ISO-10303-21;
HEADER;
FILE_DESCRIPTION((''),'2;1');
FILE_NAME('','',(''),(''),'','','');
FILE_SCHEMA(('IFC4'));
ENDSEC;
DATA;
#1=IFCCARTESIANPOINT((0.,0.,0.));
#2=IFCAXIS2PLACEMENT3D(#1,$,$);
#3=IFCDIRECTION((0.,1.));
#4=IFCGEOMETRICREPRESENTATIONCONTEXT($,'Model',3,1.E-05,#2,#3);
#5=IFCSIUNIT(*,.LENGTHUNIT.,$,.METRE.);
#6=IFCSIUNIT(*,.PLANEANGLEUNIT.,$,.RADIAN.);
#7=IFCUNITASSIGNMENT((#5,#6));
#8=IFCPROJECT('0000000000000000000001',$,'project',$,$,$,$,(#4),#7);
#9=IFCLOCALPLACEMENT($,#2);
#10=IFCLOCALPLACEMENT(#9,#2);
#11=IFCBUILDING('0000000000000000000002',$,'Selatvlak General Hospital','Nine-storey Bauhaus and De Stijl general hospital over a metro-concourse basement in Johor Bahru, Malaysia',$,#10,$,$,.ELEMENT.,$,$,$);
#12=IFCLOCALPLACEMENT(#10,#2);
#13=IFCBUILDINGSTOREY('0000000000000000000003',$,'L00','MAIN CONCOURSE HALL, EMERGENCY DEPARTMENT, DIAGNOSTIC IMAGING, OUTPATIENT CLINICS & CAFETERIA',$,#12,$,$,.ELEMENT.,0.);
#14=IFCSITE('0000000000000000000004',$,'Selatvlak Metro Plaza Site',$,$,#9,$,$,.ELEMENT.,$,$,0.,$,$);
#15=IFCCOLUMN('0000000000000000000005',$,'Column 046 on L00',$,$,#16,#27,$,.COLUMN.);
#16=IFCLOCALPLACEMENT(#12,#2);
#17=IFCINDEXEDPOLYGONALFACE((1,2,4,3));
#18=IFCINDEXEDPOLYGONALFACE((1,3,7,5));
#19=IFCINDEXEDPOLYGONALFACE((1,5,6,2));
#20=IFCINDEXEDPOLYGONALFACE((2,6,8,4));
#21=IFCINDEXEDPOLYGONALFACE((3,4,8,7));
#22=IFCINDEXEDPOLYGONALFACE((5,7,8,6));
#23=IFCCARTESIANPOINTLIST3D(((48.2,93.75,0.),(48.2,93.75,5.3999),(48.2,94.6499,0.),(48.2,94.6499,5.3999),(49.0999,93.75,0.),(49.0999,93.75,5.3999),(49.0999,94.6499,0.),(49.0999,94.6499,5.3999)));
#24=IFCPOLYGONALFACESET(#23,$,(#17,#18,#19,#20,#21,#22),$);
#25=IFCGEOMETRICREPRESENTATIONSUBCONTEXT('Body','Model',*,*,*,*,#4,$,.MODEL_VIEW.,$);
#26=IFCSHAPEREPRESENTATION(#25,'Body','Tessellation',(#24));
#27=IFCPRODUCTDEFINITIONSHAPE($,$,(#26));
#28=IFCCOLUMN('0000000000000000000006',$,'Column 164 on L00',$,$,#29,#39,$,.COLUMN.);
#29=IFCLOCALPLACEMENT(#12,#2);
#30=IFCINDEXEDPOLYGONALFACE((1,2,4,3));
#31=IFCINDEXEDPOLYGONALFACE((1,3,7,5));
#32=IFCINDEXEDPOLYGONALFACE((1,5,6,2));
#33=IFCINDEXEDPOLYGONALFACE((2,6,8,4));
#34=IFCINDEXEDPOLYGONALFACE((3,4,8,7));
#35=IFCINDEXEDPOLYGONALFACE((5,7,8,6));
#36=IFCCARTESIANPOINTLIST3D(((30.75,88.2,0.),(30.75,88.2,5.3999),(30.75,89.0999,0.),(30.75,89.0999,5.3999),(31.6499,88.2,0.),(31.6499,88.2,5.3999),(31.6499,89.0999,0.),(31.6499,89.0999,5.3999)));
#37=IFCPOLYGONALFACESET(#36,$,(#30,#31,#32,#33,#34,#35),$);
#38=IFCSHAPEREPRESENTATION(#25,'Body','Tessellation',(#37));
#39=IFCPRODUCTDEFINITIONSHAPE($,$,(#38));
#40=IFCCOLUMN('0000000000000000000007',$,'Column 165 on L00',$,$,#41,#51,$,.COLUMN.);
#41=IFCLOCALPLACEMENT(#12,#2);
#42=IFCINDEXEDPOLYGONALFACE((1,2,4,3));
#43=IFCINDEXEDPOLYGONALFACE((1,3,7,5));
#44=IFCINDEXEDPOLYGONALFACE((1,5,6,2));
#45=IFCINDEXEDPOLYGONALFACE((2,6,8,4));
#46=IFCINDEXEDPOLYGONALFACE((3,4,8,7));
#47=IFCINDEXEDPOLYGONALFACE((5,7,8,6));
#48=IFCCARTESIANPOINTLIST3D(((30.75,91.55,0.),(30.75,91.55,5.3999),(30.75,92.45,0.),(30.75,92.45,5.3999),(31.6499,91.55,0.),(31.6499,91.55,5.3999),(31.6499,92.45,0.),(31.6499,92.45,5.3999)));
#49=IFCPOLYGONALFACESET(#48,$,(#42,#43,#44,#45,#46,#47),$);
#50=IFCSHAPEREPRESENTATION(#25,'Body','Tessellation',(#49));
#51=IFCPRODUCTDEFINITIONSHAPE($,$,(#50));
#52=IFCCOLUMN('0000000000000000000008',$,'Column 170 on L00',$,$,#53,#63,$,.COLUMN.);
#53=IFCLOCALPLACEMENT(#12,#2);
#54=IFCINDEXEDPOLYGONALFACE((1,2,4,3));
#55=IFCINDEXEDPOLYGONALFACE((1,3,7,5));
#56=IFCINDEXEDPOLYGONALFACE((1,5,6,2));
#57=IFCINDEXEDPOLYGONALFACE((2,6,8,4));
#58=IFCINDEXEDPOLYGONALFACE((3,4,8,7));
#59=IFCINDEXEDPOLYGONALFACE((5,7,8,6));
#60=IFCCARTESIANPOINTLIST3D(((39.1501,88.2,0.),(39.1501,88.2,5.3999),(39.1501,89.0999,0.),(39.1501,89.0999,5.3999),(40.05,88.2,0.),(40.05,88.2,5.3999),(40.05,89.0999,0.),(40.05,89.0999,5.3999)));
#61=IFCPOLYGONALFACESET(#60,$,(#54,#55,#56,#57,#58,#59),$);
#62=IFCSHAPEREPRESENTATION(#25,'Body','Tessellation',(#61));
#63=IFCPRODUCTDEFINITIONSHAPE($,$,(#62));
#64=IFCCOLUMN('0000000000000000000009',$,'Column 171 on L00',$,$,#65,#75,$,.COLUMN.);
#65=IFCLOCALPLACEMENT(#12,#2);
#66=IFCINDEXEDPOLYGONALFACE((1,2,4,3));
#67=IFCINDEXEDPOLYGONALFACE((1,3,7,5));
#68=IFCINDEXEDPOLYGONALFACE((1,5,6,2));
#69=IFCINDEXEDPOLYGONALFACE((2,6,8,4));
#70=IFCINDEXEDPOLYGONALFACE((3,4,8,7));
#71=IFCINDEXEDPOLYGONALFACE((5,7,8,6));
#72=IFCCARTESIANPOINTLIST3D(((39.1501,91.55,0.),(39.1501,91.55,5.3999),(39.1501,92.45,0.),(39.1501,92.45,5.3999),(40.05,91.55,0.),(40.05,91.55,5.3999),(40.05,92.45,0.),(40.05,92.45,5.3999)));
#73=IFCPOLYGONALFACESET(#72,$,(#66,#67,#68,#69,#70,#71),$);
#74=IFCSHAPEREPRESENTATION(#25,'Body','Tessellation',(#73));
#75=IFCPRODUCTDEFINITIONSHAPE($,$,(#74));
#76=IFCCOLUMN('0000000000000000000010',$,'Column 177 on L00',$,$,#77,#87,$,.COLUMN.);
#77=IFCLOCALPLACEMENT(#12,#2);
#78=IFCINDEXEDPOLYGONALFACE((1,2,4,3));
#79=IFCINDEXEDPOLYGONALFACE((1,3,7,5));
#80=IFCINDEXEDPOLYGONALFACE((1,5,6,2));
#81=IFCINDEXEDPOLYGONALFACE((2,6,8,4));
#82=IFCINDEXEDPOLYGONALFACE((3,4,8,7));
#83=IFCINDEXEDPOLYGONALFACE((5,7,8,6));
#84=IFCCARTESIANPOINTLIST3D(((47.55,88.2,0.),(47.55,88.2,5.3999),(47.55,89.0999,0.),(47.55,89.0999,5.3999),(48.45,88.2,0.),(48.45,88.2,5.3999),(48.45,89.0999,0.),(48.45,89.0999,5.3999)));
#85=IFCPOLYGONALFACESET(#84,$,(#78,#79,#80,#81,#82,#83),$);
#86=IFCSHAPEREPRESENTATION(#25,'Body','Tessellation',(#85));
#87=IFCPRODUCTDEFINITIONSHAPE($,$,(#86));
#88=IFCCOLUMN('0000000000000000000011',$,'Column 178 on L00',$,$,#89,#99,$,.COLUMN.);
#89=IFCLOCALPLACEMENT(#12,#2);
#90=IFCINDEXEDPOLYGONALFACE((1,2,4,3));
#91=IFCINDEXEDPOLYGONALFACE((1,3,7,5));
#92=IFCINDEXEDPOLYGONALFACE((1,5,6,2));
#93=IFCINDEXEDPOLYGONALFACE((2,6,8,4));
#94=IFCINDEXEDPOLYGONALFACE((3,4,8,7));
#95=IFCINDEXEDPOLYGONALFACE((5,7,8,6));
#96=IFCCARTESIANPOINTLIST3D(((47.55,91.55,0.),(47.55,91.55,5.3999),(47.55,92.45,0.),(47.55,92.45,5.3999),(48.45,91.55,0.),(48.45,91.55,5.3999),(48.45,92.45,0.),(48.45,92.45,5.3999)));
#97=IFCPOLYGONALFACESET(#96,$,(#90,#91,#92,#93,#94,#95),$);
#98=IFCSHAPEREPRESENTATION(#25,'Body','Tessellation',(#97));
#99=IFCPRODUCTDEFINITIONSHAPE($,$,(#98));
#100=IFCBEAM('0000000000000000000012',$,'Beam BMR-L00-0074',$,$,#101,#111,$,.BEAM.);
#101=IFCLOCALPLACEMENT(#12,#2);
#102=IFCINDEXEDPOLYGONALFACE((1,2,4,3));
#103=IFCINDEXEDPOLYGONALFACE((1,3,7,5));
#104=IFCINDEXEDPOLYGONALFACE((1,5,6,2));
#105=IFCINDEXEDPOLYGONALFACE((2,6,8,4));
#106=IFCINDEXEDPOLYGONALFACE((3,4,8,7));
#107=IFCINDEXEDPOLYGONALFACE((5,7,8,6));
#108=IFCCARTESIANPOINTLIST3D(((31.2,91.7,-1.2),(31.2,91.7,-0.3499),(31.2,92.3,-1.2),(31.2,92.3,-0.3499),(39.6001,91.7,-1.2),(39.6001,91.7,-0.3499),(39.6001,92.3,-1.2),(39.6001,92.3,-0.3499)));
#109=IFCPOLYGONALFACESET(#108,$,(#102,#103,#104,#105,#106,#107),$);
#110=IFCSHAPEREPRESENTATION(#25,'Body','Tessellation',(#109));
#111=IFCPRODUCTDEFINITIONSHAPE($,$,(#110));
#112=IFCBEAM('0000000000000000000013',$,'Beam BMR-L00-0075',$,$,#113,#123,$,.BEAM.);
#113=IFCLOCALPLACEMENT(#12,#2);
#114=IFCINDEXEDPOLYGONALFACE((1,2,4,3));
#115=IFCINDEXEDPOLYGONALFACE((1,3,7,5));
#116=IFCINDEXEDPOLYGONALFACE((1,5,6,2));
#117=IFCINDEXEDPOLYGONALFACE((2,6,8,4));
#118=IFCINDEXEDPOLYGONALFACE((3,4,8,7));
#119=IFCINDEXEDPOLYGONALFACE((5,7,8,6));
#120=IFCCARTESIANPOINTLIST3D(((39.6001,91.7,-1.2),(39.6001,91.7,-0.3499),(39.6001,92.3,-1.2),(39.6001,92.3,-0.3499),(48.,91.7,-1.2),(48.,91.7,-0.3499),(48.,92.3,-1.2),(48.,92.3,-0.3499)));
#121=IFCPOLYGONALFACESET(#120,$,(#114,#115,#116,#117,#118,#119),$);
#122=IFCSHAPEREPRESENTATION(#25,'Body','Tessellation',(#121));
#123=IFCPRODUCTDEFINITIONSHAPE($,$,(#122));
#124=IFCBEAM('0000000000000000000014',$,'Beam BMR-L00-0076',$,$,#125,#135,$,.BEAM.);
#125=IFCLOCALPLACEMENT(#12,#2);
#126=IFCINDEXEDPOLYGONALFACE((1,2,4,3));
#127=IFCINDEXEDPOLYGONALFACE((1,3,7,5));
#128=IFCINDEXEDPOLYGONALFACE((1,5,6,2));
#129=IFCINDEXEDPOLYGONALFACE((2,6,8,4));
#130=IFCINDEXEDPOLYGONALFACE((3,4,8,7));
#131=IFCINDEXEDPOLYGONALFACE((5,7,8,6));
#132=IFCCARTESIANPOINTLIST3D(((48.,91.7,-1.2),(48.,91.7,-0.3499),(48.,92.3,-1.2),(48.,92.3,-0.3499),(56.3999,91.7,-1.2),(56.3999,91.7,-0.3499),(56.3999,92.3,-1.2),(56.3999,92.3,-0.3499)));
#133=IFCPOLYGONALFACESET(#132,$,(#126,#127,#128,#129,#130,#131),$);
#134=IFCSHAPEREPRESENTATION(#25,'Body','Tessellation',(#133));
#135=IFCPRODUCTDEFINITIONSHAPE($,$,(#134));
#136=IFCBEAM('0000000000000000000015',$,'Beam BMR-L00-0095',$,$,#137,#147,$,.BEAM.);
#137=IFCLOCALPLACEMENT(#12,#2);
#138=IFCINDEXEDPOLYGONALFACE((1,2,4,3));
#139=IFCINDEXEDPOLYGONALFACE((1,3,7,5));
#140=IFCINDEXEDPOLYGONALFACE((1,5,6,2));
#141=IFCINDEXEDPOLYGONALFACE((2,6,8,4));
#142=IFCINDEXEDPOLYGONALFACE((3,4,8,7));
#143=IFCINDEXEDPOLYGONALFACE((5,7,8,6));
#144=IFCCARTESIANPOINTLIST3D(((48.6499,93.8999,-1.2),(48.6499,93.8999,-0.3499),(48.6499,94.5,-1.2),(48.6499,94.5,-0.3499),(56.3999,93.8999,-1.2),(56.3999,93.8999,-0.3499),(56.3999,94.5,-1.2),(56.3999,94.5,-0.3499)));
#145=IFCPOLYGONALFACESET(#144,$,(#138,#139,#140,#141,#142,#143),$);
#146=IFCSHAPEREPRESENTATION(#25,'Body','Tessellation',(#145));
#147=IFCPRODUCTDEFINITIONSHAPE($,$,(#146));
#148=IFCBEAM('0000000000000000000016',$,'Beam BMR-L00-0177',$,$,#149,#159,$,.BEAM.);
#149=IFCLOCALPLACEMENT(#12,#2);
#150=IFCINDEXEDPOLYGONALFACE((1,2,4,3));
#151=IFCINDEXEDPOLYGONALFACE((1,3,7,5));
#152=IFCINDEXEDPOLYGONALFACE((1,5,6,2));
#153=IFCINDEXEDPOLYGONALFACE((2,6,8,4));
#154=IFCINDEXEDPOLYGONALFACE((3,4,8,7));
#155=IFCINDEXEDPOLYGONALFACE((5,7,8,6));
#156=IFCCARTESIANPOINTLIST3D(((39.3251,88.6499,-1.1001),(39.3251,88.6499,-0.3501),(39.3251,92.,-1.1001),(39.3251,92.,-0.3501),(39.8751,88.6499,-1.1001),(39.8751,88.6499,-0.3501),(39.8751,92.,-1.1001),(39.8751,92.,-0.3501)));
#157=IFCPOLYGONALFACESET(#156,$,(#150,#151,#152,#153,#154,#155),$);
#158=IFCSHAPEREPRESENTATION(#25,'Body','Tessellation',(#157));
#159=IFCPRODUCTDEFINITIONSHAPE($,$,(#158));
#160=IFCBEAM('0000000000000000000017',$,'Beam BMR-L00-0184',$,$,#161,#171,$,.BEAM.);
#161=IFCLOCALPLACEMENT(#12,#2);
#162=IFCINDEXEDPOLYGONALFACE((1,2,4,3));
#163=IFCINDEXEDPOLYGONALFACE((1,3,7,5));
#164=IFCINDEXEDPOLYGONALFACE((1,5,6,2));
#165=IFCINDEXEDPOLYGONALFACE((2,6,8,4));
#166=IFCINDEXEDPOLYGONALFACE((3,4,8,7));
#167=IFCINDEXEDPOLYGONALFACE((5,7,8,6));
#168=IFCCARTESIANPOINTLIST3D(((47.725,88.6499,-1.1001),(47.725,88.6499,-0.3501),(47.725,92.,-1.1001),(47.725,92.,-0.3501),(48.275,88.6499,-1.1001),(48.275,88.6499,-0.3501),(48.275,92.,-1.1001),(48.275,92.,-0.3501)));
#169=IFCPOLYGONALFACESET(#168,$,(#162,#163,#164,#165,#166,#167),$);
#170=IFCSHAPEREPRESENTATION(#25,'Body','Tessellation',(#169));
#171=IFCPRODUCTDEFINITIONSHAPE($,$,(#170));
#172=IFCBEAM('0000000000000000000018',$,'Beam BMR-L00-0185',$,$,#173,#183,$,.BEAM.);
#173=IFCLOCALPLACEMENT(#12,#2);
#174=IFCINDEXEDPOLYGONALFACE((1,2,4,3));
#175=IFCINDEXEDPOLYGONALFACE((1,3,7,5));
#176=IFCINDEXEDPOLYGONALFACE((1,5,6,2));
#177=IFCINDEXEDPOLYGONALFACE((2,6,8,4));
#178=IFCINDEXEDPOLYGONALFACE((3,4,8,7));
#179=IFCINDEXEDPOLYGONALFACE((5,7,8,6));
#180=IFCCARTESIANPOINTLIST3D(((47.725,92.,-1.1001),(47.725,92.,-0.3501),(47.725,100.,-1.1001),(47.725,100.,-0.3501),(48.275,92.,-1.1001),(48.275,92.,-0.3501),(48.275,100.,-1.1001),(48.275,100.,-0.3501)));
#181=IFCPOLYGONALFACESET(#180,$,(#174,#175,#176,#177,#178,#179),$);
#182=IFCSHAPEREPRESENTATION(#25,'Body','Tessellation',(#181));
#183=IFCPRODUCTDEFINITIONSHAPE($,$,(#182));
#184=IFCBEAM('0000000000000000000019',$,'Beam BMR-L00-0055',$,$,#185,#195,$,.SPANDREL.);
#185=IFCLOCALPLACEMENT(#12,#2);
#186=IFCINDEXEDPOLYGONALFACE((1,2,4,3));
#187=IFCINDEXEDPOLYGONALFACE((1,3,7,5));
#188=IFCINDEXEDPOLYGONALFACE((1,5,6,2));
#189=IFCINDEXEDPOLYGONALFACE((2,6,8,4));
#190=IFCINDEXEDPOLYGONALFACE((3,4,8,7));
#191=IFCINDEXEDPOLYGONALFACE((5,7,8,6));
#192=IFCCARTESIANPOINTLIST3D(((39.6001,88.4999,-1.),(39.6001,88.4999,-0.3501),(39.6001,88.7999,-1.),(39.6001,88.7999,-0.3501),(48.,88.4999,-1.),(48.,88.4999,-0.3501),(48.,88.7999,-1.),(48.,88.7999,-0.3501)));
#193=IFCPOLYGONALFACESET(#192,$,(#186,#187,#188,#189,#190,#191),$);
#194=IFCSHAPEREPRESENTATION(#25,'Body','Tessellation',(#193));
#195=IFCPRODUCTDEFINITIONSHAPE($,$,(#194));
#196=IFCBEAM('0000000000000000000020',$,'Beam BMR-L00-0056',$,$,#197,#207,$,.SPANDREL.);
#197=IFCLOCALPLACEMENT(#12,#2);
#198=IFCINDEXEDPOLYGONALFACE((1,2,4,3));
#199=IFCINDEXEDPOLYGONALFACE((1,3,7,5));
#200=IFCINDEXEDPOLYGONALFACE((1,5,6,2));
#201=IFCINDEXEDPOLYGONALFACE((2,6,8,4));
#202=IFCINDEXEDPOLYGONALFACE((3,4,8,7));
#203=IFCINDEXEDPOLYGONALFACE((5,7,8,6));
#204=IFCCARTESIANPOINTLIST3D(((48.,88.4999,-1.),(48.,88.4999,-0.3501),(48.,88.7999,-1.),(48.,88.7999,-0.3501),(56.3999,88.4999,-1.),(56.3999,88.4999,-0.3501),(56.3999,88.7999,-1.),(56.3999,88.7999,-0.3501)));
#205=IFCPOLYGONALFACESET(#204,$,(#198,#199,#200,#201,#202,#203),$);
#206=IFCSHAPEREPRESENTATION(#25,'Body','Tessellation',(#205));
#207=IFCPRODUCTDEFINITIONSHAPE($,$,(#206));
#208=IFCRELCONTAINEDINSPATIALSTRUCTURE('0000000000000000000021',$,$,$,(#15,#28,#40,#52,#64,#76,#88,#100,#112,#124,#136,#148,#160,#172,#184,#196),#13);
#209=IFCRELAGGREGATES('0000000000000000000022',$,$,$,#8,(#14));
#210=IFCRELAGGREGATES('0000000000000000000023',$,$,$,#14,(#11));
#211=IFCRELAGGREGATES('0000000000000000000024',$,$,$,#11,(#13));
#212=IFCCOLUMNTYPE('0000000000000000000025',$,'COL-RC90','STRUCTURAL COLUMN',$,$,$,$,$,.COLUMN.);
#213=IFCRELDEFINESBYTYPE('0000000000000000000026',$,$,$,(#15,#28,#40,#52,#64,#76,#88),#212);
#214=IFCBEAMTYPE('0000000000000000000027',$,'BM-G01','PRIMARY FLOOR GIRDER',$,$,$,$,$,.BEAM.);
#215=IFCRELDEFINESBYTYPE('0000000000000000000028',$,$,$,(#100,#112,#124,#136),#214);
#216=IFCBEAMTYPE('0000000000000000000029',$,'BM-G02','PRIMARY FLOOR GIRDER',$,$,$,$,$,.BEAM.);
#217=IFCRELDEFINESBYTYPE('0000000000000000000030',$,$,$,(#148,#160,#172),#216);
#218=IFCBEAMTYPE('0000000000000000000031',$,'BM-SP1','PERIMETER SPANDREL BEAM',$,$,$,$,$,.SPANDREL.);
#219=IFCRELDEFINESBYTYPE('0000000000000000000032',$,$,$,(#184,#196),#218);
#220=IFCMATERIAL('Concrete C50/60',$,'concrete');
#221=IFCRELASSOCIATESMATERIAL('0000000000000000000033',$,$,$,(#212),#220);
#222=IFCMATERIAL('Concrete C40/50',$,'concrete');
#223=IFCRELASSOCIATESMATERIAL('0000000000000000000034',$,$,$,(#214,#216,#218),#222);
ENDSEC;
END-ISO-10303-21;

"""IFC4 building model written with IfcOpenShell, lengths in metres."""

from ifc_helpers import new_model, si_unit, direction, frame, origin, origin_2d, place, context, subcontext, project, spatial, rectangle, extrude, material, material_profile, profile_set, type_object, element, save


model = new_model("IFC4")

# Units and contexts
model_context = context("Model", 3, precision=1e-05, world=origin(), true_north=direction((0.0, 1.0)))
body_context = subcontext(model_context, "Body", "Model", "MODEL_VIEW")
ifc_project = project(units=[si_unit("LENGTHUNIT", "METRE"), si_unit("PLANEANGLEUNIT", "RADIAN")], contexts=[model_context])

# Site, building, storey
site_placement = place(None, origin())
site = spatial("IfcSite", under=ifc_project, at=site_placement, Name="Selatvlak Metro Plaza Site", CompositionType="ELEMENT", RefElevation=0.0)
building_placement = place(site_placement, origin())
building = spatial("IfcBuilding", under=site, at=building_placement, Name="Selatvlak General Hospital", Description="Nine-storey Bauhaus and De Stijl general hospital over a metro-concourse basement in Johor Bahru, Malaysia", CompositionType="ELEMENT")
storey_placement = place(building_placement, origin())
storey = spatial("IfcBuildingStorey", under=building, at=storey_placement, Name="L00", Description="MAIN CONCOURSE HALL, EMERGENCY DEPARTMENT, DIAGNOSTIC IMAGING, OUTPATIENT CLINICS & CAFETERIA", CompositionType="ELEMENT", Elevation=0.0)

# Columns
ifc_material_1 = material(Name="Concrete C50/60", Category="concrete")
ifc_material_profile_1 = material_profile(ifc_material_1, rectangle(XDim=0.8999, YDim=0.8999, at=origin_2d()), Name="RC-COL 900x900")
ifc_profile_set_1 = profile_set([ifc_material_profile_1], Name="Concrete C50/60")
column_type = type_object("IfcColumnType", Name="COL-RC90", Description="STRUCTURAL COLUMN", PredefinedType="COLUMN", material=ifc_profile_set_1)
for number, where, z_axis, x_axis, name in (
    (1, (48.6499, 94.2, 0.0), (0.0, 0.0, 1.0), (1.0, 0.0, 0.0), "Column 046 on L00"),
    (2, (31.2, 88.6499, 0.0), (0.0, 0.0, 1.0), (1.0, 0.0, 0.0), "Column 164 on L00"),
    (3, (31.2, 92.0, 0.0), (0.0, 0.0, 1.0), (1.0, 0.0, 0.0), "Column 165 on L00"),
    (4, (39.6001, 88.6499, 0.0), (0.0, 0.0, 1.0), (1.0, 0.0, 0.0), "Column 170 on L00"),
    (5, (39.6001, 92.0, 0.0), (0.0, 0.0, 1.0), (1.0, 0.0, 0.0), "Column 171 on L00"),
    (6, (48.0, 88.6499, 0.0), (0.0, 0.0, 1.0), (1.0, 0.0, 0.0), "Column 177 on L00"),
    (7, (48.0, 92.0, 0.0), (0.0, 0.0, 1.0), (1.0, 0.0, 0.0), "Column 178 on L00"),
):
    element("IfcColumn", number, at=place(storey_placement, frame(where, z_axis=z_axis, x_axis=x_axis)), inside=storey, type_object=column_type, Name=name, PredefinedType="COLUMN", context=body_context, shape_type="SweptSolid", body=[
        extrude(rectangle(XDim=0.8999, YDim=0.8999, at=origin_2d()), origin(), (0.0, 0.0, 1.0), 5.3999),
    ])

# Beams
ifc_material_2 = material(Name="Concrete C40/50", Category="concrete")
ifc_material_profile_2 = material_profile(ifc_material_2, rectangle(XDim=0.6001, YDim=0.8501, at=origin_2d()), Name="RC-BM 600x850")
ifc_profile_set_2 = profile_set([ifc_material_profile_2], Name="Concrete C40/50")
beam_type_1 = type_object("IfcBeamType", Name="BM-G01", Description="PRIMARY FLOOR GIRDER", PredefinedType="BEAM", material=ifc_profile_set_2)
beam_1_placement = place(storey_placement, frame((31.2, 92.0, -0.7749), z_axis=(1.0, 0.0, 0.0), x_axis=(0.0, 1.0, 0.0)))
element("IfcBeam", 8, at=beam_1_placement, inside=storey, type_object=beam_type_1, Name="Beam BMR-L00-0074", PredefinedType="BEAM", context=body_context, shape_type="SweptSolid", body=[
    extrude(rectangle(XDim=0.6001, YDim=0.8501, at=origin_2d()), origin(), (0.0, 0.0, 1.0), 8.4001),
])
for number, where, z_axis, x_axis, name in (
    (9, (39.6001, 92.0, -0.7749), (1.0, 0.0, 0.0), (0.0, 1.0, 0.0), "Beam BMR-L00-0075"),
    (10, (48.0, 92.0, -0.7749), (1.0, 0.0, 0.0), (0.0, 1.0, 0.0), "Beam BMR-L00-0076"),
):
    element("IfcBeam", number, at=place(storey_placement, frame(where, z_axis=z_axis, x_axis=x_axis)), inside=storey, type_object=beam_type_1, Name=name, PredefinedType="BEAM", context=body_context, shape_type="SweptSolid", body=[
        extrude(rectangle(XDim=0.6001, YDim=0.8501, at=origin_2d()), origin(), (0.0, 0.0, 1.0), 8.3999),
    ])
beam_2_placement = place(storey_placement, frame((48.6499, 94.2, -0.7749), z_axis=(1.0, 0.0, 0.0), x_axis=(0.0, 1.0, 0.0)))
element("IfcBeam", 11, at=beam_2_placement, inside=storey, type_object=beam_type_1, Name="Beam BMR-L00-0095", PredefinedType="BEAM", context=body_context, shape_type="SweptSolid", body=[
    extrude(rectangle(XDim=0.6001, YDim=0.8501, at=origin_2d()), origin(), (0.0, 0.0, 1.0), 7.75),
])
ifc_material_profile_3 = material_profile(ifc_material_2, rectangle(XDim=0.55, YDim=0.75, at=origin_2d()), Name="RC-BM 550x750")
ifc_profile_set_3 = profile_set([ifc_material_profile_3], Name="Concrete C40/50")
beam_type_2 = type_object("IfcBeamType", Name="BM-G02", Description="PRIMARY FLOOR GIRDER", PredefinedType="BEAM", material=ifc_profile_set_3)
for number, where, z_axis, x_axis, name in (
    (12, (39.6001, 88.6499, -0.7251), (0.0, 1.0, 0.0), (-1.0, 0.0, 0.0), "Beam BMR-L00-0177"),
    (13, (48.0, 88.6499, -0.7251), (0.0, 1.0, 0.0), (-1.0, 0.0, 0.0), "Beam BMR-L00-0184"),
):
    element("IfcBeam", number, at=place(storey_placement, frame(where, z_axis=z_axis, x_axis=x_axis)), inside=storey, type_object=beam_type_2, Name=name, PredefinedType="BEAM", context=body_context, shape_type="SweptSolid", body=[
        extrude(rectangle(XDim=0.55, YDim=0.75, at=origin_2d()), origin(), (0.0, 0.0, 1.0), 3.3501),
    ])
beam_3_placement = place(storey_placement, frame((48.0, 92.0, -0.7251), z_axis=(0.0, 1.0, 0.0), x_axis=(-1.0, 0.0, 0.0)))
element("IfcBeam", 14, at=beam_3_placement, inside=storey, type_object=beam_type_2, Name="Beam BMR-L00-0185", PredefinedType="BEAM", context=body_context, shape_type="SweptSolid", body=[
    extrude(rectangle(XDim=0.55, YDim=0.75, at=origin_2d()), origin(), (0.0, 0.0, 1.0), 8.0),
])
ifc_material_profile_4 = material_profile(ifc_material_2, rectangle(XDim=0.3, YDim=0.6499, at=origin_2d()), Name="RC-SP 300x650")
ifc_profile_set_4 = profile_set([ifc_material_profile_4], Name="Concrete C40/50")
beam_type_3 = type_object("IfcBeamType", Name="BM-SP1", Description="PERIMETER SPANDREL BEAM", PredefinedType="SPANDREL", material=ifc_profile_set_4)
for number, where, z_axis, x_axis, name in (
    (15, (39.6001, 88.6499, -0.675), (1.0, 0.0, 0.0), (0.0, 1.0, 0.0), "Beam BMR-L00-0055"),
    (16, (48.0, 88.6499, -0.675), (1.0, 0.0, 0.0), (0.0, 1.0, 0.0), "Beam BMR-L00-0056"),
):
    element("IfcBeam", number, at=place(storey_placement, frame(where, z_axis=z_axis, x_axis=x_axis)), inside=storey, type_object=beam_type_3, Name=name, PredefinedType="SPANDREL", context=body_context, shape_type="SweptSolid", body=[
        extrude(rectangle(XDim=0.3, YDim=0.6499, at=origin_2d()), origin(), (0.0, 0.0, 1.0), 8.3999),
    ])

save(model, "model.ifc")
